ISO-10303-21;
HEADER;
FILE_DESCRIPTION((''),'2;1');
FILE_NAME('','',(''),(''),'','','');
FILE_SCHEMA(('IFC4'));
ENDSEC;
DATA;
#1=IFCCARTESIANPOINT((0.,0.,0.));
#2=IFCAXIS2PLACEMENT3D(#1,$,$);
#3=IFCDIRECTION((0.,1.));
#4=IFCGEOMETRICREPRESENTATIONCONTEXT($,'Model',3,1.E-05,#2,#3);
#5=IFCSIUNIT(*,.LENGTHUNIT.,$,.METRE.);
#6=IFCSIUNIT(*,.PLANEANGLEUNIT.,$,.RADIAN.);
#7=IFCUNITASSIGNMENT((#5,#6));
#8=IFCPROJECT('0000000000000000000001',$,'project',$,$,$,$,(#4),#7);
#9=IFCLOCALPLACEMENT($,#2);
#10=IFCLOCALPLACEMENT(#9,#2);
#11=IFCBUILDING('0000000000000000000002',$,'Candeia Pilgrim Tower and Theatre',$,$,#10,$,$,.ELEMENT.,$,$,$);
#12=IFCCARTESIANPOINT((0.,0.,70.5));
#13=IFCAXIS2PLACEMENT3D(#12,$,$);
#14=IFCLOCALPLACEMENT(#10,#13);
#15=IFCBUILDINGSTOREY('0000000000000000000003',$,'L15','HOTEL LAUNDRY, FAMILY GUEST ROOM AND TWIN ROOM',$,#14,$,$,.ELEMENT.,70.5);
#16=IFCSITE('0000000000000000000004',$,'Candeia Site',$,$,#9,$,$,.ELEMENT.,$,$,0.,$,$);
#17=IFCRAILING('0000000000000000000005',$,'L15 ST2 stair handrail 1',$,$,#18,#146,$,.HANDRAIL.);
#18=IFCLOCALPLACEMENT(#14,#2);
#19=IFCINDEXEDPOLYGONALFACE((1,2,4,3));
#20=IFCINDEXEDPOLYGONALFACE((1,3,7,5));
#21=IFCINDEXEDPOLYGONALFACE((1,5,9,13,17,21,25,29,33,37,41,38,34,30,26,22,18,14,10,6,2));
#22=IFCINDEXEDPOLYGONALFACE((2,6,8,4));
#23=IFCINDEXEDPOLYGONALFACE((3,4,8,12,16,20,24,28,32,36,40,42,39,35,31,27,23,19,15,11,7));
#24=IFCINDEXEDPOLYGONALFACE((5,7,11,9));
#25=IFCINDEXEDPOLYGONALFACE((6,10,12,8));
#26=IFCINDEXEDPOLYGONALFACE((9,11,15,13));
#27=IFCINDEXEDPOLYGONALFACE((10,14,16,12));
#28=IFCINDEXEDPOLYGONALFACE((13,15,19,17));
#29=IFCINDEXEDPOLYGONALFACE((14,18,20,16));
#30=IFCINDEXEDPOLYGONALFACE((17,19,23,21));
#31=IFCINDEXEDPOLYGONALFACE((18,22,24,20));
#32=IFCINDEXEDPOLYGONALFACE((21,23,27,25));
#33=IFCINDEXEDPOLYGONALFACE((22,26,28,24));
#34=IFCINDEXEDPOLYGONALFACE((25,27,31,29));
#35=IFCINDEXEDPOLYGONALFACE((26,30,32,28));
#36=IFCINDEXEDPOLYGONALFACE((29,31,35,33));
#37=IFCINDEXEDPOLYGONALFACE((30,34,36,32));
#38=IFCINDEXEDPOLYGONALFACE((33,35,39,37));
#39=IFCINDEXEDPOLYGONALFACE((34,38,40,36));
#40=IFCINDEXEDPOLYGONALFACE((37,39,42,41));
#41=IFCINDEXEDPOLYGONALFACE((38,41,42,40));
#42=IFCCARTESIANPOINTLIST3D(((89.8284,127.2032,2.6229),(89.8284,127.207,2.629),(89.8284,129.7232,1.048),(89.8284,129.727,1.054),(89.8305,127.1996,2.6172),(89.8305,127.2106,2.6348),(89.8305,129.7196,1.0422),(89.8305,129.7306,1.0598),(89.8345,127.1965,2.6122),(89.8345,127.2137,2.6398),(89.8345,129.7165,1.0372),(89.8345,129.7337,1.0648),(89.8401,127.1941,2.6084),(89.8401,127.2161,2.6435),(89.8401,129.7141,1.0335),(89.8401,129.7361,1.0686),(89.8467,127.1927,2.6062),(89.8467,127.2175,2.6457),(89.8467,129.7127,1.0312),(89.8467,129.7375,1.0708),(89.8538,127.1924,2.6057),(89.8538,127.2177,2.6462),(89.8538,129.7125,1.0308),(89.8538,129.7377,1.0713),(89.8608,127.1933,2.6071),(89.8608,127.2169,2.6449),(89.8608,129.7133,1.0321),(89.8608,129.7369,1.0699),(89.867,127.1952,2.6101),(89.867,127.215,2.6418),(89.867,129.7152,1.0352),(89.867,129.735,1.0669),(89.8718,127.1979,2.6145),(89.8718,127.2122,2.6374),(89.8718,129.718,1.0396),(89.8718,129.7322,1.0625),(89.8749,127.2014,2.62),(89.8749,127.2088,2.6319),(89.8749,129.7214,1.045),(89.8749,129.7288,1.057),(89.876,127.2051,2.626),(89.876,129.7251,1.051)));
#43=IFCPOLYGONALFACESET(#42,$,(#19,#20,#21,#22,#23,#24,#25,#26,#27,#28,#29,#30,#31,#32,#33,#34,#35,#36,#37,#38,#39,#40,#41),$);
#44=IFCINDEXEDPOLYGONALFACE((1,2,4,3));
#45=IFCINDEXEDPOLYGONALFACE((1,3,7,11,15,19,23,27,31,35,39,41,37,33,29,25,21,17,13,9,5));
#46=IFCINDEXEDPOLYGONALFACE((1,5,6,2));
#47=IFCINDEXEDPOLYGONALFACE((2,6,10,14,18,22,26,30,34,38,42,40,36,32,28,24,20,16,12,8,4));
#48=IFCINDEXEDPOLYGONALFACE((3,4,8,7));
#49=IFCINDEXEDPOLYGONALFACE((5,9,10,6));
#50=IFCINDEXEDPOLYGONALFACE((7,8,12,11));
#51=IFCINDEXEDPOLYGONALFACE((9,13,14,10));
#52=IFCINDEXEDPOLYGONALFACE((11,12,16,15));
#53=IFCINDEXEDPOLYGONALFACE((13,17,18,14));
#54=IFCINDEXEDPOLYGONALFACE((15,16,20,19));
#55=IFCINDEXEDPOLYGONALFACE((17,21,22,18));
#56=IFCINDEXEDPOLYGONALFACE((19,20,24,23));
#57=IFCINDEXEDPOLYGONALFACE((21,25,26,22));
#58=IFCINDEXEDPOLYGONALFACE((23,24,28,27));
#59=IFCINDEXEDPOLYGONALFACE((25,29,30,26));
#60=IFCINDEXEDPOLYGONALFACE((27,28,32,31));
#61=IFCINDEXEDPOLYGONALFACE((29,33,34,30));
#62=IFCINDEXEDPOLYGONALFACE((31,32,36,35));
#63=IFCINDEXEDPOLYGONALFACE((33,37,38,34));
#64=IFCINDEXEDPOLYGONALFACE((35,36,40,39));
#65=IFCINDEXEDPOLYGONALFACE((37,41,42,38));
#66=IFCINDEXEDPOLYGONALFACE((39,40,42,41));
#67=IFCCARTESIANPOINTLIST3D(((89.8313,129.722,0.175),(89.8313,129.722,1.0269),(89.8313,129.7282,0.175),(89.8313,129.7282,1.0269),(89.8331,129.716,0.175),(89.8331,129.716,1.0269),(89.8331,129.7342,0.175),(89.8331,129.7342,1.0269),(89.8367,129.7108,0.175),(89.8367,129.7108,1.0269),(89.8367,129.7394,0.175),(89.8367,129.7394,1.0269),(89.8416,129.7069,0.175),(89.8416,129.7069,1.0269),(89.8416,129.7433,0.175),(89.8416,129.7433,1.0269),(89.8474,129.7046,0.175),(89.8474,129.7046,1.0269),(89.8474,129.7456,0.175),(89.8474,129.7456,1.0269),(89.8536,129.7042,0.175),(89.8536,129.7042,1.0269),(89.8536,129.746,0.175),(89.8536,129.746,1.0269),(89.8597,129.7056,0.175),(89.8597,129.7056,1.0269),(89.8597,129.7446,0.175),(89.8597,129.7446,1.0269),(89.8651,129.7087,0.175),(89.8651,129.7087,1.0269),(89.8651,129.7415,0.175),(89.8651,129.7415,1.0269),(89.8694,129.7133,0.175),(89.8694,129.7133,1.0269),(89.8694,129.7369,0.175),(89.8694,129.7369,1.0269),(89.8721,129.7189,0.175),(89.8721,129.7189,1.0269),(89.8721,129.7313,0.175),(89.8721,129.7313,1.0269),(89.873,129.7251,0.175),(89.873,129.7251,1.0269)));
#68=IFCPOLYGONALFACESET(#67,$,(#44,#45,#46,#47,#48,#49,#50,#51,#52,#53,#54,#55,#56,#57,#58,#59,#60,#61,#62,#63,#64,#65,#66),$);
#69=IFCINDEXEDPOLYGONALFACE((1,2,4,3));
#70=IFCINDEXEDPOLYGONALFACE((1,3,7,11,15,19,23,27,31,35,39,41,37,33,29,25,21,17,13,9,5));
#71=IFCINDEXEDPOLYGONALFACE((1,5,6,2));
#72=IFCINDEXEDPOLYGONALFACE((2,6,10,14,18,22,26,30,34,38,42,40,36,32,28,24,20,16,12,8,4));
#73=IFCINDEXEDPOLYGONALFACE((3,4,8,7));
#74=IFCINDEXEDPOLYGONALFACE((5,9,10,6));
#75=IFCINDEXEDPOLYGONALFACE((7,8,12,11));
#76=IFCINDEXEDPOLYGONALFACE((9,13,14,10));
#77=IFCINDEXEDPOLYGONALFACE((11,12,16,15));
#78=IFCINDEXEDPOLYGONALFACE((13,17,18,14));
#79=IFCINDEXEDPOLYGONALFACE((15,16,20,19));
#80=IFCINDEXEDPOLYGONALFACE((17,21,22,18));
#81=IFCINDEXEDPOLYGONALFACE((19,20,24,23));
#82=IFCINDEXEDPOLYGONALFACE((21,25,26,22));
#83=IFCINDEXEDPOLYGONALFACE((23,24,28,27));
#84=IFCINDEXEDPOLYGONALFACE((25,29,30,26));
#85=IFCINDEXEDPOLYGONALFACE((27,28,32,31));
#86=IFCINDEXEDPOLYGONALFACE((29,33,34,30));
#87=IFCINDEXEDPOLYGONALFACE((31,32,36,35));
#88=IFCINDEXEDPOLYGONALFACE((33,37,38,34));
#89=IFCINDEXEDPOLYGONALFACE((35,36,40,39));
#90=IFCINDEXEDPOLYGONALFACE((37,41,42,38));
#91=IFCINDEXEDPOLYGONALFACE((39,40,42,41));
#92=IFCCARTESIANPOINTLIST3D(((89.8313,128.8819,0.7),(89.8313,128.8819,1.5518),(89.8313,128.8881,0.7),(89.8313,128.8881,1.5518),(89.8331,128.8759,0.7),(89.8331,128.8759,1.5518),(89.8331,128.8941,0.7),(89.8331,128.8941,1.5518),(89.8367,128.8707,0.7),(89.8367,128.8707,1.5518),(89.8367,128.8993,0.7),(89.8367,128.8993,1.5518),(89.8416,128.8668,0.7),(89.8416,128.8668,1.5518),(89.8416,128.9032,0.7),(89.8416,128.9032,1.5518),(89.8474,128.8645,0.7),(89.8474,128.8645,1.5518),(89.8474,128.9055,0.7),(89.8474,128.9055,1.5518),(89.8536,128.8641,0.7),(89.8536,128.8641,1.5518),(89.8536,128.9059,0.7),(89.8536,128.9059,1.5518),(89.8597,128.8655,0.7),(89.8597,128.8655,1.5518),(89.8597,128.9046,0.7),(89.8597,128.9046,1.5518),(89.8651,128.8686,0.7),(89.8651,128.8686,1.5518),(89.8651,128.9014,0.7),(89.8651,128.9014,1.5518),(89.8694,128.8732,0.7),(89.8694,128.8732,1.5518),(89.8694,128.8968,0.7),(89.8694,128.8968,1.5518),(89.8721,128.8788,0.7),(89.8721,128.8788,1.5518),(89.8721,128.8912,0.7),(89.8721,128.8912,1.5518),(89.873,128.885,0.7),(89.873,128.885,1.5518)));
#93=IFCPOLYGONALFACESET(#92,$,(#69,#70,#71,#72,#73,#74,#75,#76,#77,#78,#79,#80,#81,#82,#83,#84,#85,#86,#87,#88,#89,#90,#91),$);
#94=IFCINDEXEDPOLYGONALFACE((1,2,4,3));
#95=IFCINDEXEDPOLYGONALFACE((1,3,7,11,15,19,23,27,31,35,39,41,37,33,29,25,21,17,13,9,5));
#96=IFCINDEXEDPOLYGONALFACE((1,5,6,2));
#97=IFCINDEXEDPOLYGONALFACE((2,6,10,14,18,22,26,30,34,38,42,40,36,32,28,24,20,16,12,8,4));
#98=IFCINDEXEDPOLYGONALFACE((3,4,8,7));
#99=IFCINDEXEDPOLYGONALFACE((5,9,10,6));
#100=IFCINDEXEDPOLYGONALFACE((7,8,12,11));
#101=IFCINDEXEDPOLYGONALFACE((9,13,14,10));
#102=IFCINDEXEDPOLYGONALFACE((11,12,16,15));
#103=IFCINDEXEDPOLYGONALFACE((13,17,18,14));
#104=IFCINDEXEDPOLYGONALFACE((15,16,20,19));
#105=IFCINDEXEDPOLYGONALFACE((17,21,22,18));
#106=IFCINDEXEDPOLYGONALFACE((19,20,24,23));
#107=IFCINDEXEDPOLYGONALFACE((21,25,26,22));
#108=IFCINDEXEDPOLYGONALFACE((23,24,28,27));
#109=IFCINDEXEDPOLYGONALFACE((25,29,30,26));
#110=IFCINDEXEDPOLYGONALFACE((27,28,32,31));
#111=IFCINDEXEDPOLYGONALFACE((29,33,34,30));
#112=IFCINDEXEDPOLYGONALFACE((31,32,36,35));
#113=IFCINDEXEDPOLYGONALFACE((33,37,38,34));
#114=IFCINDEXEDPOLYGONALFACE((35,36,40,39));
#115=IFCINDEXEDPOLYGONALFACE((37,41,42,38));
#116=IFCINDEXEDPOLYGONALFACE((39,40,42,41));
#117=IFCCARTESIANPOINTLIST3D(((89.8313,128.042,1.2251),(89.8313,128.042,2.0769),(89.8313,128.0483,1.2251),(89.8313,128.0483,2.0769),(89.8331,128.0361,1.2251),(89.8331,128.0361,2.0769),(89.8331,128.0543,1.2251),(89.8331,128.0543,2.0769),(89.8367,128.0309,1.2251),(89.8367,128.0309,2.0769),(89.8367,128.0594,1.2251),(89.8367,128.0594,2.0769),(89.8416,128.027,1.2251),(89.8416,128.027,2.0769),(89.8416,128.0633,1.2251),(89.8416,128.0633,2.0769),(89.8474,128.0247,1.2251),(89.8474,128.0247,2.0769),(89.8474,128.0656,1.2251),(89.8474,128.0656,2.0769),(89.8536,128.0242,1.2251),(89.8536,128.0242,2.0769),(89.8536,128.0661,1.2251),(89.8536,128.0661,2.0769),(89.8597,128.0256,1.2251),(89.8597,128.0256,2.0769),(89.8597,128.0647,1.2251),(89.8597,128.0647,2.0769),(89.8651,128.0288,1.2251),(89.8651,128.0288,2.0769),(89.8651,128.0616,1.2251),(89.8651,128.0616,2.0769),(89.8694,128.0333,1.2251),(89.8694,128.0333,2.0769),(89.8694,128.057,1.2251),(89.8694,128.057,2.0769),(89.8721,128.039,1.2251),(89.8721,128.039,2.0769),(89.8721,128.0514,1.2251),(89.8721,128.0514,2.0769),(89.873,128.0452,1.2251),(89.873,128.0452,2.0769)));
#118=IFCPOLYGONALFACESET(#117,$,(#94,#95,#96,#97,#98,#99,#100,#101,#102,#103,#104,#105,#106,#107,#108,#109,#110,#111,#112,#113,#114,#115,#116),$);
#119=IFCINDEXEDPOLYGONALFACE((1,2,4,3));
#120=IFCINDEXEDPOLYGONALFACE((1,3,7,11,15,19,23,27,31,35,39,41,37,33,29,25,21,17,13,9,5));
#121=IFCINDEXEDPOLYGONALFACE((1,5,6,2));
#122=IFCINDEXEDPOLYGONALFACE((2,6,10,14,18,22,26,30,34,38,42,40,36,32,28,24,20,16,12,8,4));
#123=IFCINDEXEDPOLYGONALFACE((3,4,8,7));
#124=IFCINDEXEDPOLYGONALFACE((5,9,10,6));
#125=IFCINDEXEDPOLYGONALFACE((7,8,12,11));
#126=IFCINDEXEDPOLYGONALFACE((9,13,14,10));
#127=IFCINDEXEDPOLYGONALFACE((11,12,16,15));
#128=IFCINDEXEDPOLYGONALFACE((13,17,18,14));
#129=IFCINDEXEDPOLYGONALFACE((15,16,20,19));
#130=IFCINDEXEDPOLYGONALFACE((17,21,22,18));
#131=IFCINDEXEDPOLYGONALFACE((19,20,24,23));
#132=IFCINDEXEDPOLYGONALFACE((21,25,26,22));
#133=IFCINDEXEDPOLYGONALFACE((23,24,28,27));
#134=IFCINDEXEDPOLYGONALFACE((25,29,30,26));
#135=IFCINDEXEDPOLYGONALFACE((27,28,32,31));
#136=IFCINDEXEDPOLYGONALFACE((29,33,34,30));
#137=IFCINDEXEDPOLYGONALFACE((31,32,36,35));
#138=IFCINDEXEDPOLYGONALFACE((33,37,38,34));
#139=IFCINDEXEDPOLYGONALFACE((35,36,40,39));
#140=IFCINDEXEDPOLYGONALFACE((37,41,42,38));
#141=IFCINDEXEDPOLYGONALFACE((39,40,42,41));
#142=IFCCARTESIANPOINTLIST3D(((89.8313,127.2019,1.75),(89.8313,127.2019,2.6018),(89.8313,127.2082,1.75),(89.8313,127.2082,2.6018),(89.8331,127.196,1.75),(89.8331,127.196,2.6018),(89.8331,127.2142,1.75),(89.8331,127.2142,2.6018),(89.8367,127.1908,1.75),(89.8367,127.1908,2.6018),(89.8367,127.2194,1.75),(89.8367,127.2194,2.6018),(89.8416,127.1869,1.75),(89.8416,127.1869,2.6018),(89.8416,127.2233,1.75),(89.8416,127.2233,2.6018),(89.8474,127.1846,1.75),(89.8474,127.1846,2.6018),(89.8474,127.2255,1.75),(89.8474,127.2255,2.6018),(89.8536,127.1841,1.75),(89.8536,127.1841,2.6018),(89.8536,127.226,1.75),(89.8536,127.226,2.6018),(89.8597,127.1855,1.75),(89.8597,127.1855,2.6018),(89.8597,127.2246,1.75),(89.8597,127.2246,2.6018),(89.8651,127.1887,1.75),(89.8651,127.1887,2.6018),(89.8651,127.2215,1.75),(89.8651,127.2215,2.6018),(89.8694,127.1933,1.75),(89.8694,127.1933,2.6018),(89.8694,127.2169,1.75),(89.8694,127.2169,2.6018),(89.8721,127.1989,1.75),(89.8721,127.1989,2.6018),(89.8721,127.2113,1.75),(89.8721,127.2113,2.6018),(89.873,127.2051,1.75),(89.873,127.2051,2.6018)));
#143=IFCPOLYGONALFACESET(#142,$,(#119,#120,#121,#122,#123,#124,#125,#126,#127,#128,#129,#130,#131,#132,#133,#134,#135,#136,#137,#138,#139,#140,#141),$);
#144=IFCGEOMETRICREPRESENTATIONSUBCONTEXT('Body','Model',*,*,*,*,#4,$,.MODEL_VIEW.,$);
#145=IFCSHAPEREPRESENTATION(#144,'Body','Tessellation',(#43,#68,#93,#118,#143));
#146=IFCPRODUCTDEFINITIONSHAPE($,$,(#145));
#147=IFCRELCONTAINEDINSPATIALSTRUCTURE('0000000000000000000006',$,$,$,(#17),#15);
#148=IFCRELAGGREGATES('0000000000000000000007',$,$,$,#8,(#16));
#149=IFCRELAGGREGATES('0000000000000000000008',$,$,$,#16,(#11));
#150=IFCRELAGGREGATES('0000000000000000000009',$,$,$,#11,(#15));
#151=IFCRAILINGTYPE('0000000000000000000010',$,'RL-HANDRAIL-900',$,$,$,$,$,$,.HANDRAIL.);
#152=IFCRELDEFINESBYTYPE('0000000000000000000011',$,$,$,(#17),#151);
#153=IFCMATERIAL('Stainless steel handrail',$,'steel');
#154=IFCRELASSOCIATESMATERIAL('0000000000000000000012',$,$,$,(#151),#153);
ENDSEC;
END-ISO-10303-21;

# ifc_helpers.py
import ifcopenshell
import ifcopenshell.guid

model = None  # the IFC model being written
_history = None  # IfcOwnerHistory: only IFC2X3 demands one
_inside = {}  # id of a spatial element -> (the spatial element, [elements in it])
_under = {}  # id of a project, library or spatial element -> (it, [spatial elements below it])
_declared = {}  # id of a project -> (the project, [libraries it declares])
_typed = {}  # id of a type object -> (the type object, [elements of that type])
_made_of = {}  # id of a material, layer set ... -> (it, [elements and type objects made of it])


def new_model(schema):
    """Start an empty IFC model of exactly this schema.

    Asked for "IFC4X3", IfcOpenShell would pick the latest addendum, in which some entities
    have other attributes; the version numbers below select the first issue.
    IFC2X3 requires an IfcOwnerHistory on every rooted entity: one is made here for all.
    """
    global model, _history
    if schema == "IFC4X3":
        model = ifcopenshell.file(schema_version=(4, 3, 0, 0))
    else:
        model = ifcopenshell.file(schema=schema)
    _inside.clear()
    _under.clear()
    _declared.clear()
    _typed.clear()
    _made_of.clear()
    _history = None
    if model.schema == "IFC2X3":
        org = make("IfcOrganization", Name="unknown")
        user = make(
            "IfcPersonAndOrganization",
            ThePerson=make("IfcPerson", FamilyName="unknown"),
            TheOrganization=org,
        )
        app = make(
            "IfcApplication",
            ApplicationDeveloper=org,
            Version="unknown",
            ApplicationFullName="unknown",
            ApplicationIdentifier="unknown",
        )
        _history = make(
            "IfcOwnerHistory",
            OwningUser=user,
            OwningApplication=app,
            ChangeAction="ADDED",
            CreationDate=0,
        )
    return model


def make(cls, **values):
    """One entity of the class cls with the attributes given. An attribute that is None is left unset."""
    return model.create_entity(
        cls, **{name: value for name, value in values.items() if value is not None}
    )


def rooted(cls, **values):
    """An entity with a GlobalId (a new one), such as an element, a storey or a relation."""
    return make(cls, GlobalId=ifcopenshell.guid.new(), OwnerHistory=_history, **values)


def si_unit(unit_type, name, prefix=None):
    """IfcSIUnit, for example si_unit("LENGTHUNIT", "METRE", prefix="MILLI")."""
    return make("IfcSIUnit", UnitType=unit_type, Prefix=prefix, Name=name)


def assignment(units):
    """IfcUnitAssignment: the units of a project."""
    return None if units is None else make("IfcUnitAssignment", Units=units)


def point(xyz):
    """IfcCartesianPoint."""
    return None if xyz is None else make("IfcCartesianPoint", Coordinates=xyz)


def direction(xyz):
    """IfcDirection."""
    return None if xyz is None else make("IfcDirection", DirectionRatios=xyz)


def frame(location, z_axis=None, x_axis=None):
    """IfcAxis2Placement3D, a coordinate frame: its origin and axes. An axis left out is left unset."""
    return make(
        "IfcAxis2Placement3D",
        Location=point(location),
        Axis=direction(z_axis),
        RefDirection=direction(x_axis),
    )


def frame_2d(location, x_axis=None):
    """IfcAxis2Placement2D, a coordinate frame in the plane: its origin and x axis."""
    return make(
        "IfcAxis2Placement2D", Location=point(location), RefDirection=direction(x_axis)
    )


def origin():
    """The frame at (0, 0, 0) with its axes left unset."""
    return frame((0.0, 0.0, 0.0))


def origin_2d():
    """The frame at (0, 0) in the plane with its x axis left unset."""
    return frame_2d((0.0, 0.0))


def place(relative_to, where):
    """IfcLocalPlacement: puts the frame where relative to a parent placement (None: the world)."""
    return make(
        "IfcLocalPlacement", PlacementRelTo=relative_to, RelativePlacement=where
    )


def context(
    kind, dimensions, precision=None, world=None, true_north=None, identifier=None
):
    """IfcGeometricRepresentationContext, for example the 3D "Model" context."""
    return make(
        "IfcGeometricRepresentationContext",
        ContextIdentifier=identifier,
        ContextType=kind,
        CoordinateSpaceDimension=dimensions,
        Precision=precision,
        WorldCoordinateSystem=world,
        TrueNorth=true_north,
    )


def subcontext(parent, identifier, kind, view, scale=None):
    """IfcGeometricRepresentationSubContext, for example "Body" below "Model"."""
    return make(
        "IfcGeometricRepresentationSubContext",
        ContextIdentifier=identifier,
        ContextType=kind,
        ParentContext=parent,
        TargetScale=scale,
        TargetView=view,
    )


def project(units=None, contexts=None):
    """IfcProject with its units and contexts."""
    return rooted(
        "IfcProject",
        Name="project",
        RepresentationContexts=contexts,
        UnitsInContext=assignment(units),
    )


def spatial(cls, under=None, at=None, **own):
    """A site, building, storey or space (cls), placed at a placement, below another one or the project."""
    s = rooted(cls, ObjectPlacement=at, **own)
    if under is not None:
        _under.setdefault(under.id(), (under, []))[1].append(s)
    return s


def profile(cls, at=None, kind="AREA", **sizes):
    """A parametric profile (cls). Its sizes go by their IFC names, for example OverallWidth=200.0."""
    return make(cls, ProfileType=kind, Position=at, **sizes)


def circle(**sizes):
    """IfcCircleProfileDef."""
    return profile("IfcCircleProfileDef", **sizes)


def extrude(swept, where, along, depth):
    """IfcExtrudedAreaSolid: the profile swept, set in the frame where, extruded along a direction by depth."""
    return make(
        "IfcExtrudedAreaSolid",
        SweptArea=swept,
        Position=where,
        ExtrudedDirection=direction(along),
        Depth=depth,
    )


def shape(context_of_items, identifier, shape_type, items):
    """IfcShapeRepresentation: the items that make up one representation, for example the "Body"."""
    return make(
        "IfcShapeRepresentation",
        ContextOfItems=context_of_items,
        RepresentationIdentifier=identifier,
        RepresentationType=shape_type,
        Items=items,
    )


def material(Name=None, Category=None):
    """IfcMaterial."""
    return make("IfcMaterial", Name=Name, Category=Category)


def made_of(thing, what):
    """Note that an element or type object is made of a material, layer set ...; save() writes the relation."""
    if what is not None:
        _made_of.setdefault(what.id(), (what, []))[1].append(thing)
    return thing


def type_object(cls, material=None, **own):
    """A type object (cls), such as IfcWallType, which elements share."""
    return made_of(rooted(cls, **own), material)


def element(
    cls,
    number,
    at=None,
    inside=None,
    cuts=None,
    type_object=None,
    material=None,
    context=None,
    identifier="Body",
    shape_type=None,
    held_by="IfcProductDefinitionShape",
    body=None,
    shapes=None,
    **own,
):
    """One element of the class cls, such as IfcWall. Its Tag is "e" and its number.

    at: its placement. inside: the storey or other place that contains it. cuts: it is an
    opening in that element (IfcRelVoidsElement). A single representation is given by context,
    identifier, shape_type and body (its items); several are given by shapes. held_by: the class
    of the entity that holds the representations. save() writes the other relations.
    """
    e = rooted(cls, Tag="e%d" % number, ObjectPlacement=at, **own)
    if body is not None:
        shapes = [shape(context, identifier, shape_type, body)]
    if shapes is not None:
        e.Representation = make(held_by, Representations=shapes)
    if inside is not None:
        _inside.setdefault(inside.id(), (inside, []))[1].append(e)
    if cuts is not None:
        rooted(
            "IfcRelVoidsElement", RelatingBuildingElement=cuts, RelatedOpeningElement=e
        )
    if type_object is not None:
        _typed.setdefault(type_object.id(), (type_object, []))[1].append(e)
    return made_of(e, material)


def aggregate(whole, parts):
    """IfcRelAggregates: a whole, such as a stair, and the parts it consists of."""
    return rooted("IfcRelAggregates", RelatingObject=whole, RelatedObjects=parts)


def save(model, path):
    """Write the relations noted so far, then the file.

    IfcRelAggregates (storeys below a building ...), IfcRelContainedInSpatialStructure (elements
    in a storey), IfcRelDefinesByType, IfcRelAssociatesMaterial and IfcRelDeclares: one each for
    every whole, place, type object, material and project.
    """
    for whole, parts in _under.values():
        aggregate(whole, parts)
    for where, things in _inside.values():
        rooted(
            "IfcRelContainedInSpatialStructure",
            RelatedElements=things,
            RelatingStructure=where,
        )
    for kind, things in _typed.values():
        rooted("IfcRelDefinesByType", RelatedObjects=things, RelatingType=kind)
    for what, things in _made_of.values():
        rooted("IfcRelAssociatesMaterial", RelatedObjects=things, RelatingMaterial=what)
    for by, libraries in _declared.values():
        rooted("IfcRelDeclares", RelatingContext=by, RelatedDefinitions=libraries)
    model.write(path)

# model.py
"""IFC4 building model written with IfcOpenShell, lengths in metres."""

from ifc_helpers import new_model, si_unit, direction, frame, origin, origin_2d, place, context, subcontext, project, spatial, circle, extrude, material, type_object, element, save


model = new_model("IFC4")

# Units and contexts
model_context = context("Model", 3, precision=1e-05, world=origin(), true_north=direction((0.0, 1.0)))
body_context = subcontext(model_context, "Body", "Model", "MODEL_VIEW")
ifc_project = project(units=[si_unit("LENGTHUNIT", "METRE"), si_unit("PLANEANGLEUNIT", "RADIAN")], contexts=[model_context])

# Site, building, storey
site_placement = place(None, origin())
site = spatial("IfcSite", under=ifc_project, at=site_placement, Name="Candeia Site", CompositionType="ELEMENT", RefElevation=0.0)
building_placement = place(site_placement, origin())
building = spatial("IfcBuilding", under=site, at=building_placement, Name="Candeia Pilgrim Tower and Theatre", CompositionType="ELEMENT")
storey_placement = place(building_placement, frame((0.0, 0.0, 70.5)))
storey = spatial("IfcBuildingStorey", under=building, at=storey_placement, Name="L15", Description="HOTEL LAUNDRY, FAMILY GUEST ROOM AND TWIN ROOM", CompositionType="ELEMENT", Elevation=70.5)

# Railing
ifc_material_1 = material(Name="Stainless steel handrail", Category="steel")
railing_type_1 = type_object("IfcRailingType", Name="RL-HANDRAIL-900", PredefinedType="HANDRAIL", material=ifc_material_1)
for number, where, name in (
    (1, (89.8521, 129.7251, 0.175), "L15 ST2 stair handrail 1"),
):
    element("IfcRailing", number, at=place(storey_placement, frame(where)), inside=storey, type_object=railing_type_1, Name=name, PredefinedType="HANDRAIL", context=body_context, shape_type="SweptSolid", body=[
        extrude(circle(Radius=0.0239, at=origin_2d()), frame((0.0, 0.0, 0.876), z_axis=(0.0, -0.848008, 0.529984), x_axis=(1.0, 0.0, 0.0)), (0.0, 0.0, 1.0), 2.9717),
        extrude(circle(Radius=0.021, at=origin_2d()), origin(), (0.0, 0.0, 1.0), 0.8518),
        extrude(circle(Radius=0.021, at=origin_2d()), frame((0.0, -0.8401, 0.5249)), (0.0, 0.0, 1.0), 0.8518),
        extrude(circle(Radius=0.021, at=origin_2d()), frame((0.0, -1.6799, 1.05)), (0.0, 0.0, 1.0), 0.8518),
        extrude(circle(Radius=0.021, at=origin_2d()), frame((0.0, -2.52, 1.575)), (0.0, 0.0, 1.0), 0.8518),
    ])

save(model, "model.ifc")
